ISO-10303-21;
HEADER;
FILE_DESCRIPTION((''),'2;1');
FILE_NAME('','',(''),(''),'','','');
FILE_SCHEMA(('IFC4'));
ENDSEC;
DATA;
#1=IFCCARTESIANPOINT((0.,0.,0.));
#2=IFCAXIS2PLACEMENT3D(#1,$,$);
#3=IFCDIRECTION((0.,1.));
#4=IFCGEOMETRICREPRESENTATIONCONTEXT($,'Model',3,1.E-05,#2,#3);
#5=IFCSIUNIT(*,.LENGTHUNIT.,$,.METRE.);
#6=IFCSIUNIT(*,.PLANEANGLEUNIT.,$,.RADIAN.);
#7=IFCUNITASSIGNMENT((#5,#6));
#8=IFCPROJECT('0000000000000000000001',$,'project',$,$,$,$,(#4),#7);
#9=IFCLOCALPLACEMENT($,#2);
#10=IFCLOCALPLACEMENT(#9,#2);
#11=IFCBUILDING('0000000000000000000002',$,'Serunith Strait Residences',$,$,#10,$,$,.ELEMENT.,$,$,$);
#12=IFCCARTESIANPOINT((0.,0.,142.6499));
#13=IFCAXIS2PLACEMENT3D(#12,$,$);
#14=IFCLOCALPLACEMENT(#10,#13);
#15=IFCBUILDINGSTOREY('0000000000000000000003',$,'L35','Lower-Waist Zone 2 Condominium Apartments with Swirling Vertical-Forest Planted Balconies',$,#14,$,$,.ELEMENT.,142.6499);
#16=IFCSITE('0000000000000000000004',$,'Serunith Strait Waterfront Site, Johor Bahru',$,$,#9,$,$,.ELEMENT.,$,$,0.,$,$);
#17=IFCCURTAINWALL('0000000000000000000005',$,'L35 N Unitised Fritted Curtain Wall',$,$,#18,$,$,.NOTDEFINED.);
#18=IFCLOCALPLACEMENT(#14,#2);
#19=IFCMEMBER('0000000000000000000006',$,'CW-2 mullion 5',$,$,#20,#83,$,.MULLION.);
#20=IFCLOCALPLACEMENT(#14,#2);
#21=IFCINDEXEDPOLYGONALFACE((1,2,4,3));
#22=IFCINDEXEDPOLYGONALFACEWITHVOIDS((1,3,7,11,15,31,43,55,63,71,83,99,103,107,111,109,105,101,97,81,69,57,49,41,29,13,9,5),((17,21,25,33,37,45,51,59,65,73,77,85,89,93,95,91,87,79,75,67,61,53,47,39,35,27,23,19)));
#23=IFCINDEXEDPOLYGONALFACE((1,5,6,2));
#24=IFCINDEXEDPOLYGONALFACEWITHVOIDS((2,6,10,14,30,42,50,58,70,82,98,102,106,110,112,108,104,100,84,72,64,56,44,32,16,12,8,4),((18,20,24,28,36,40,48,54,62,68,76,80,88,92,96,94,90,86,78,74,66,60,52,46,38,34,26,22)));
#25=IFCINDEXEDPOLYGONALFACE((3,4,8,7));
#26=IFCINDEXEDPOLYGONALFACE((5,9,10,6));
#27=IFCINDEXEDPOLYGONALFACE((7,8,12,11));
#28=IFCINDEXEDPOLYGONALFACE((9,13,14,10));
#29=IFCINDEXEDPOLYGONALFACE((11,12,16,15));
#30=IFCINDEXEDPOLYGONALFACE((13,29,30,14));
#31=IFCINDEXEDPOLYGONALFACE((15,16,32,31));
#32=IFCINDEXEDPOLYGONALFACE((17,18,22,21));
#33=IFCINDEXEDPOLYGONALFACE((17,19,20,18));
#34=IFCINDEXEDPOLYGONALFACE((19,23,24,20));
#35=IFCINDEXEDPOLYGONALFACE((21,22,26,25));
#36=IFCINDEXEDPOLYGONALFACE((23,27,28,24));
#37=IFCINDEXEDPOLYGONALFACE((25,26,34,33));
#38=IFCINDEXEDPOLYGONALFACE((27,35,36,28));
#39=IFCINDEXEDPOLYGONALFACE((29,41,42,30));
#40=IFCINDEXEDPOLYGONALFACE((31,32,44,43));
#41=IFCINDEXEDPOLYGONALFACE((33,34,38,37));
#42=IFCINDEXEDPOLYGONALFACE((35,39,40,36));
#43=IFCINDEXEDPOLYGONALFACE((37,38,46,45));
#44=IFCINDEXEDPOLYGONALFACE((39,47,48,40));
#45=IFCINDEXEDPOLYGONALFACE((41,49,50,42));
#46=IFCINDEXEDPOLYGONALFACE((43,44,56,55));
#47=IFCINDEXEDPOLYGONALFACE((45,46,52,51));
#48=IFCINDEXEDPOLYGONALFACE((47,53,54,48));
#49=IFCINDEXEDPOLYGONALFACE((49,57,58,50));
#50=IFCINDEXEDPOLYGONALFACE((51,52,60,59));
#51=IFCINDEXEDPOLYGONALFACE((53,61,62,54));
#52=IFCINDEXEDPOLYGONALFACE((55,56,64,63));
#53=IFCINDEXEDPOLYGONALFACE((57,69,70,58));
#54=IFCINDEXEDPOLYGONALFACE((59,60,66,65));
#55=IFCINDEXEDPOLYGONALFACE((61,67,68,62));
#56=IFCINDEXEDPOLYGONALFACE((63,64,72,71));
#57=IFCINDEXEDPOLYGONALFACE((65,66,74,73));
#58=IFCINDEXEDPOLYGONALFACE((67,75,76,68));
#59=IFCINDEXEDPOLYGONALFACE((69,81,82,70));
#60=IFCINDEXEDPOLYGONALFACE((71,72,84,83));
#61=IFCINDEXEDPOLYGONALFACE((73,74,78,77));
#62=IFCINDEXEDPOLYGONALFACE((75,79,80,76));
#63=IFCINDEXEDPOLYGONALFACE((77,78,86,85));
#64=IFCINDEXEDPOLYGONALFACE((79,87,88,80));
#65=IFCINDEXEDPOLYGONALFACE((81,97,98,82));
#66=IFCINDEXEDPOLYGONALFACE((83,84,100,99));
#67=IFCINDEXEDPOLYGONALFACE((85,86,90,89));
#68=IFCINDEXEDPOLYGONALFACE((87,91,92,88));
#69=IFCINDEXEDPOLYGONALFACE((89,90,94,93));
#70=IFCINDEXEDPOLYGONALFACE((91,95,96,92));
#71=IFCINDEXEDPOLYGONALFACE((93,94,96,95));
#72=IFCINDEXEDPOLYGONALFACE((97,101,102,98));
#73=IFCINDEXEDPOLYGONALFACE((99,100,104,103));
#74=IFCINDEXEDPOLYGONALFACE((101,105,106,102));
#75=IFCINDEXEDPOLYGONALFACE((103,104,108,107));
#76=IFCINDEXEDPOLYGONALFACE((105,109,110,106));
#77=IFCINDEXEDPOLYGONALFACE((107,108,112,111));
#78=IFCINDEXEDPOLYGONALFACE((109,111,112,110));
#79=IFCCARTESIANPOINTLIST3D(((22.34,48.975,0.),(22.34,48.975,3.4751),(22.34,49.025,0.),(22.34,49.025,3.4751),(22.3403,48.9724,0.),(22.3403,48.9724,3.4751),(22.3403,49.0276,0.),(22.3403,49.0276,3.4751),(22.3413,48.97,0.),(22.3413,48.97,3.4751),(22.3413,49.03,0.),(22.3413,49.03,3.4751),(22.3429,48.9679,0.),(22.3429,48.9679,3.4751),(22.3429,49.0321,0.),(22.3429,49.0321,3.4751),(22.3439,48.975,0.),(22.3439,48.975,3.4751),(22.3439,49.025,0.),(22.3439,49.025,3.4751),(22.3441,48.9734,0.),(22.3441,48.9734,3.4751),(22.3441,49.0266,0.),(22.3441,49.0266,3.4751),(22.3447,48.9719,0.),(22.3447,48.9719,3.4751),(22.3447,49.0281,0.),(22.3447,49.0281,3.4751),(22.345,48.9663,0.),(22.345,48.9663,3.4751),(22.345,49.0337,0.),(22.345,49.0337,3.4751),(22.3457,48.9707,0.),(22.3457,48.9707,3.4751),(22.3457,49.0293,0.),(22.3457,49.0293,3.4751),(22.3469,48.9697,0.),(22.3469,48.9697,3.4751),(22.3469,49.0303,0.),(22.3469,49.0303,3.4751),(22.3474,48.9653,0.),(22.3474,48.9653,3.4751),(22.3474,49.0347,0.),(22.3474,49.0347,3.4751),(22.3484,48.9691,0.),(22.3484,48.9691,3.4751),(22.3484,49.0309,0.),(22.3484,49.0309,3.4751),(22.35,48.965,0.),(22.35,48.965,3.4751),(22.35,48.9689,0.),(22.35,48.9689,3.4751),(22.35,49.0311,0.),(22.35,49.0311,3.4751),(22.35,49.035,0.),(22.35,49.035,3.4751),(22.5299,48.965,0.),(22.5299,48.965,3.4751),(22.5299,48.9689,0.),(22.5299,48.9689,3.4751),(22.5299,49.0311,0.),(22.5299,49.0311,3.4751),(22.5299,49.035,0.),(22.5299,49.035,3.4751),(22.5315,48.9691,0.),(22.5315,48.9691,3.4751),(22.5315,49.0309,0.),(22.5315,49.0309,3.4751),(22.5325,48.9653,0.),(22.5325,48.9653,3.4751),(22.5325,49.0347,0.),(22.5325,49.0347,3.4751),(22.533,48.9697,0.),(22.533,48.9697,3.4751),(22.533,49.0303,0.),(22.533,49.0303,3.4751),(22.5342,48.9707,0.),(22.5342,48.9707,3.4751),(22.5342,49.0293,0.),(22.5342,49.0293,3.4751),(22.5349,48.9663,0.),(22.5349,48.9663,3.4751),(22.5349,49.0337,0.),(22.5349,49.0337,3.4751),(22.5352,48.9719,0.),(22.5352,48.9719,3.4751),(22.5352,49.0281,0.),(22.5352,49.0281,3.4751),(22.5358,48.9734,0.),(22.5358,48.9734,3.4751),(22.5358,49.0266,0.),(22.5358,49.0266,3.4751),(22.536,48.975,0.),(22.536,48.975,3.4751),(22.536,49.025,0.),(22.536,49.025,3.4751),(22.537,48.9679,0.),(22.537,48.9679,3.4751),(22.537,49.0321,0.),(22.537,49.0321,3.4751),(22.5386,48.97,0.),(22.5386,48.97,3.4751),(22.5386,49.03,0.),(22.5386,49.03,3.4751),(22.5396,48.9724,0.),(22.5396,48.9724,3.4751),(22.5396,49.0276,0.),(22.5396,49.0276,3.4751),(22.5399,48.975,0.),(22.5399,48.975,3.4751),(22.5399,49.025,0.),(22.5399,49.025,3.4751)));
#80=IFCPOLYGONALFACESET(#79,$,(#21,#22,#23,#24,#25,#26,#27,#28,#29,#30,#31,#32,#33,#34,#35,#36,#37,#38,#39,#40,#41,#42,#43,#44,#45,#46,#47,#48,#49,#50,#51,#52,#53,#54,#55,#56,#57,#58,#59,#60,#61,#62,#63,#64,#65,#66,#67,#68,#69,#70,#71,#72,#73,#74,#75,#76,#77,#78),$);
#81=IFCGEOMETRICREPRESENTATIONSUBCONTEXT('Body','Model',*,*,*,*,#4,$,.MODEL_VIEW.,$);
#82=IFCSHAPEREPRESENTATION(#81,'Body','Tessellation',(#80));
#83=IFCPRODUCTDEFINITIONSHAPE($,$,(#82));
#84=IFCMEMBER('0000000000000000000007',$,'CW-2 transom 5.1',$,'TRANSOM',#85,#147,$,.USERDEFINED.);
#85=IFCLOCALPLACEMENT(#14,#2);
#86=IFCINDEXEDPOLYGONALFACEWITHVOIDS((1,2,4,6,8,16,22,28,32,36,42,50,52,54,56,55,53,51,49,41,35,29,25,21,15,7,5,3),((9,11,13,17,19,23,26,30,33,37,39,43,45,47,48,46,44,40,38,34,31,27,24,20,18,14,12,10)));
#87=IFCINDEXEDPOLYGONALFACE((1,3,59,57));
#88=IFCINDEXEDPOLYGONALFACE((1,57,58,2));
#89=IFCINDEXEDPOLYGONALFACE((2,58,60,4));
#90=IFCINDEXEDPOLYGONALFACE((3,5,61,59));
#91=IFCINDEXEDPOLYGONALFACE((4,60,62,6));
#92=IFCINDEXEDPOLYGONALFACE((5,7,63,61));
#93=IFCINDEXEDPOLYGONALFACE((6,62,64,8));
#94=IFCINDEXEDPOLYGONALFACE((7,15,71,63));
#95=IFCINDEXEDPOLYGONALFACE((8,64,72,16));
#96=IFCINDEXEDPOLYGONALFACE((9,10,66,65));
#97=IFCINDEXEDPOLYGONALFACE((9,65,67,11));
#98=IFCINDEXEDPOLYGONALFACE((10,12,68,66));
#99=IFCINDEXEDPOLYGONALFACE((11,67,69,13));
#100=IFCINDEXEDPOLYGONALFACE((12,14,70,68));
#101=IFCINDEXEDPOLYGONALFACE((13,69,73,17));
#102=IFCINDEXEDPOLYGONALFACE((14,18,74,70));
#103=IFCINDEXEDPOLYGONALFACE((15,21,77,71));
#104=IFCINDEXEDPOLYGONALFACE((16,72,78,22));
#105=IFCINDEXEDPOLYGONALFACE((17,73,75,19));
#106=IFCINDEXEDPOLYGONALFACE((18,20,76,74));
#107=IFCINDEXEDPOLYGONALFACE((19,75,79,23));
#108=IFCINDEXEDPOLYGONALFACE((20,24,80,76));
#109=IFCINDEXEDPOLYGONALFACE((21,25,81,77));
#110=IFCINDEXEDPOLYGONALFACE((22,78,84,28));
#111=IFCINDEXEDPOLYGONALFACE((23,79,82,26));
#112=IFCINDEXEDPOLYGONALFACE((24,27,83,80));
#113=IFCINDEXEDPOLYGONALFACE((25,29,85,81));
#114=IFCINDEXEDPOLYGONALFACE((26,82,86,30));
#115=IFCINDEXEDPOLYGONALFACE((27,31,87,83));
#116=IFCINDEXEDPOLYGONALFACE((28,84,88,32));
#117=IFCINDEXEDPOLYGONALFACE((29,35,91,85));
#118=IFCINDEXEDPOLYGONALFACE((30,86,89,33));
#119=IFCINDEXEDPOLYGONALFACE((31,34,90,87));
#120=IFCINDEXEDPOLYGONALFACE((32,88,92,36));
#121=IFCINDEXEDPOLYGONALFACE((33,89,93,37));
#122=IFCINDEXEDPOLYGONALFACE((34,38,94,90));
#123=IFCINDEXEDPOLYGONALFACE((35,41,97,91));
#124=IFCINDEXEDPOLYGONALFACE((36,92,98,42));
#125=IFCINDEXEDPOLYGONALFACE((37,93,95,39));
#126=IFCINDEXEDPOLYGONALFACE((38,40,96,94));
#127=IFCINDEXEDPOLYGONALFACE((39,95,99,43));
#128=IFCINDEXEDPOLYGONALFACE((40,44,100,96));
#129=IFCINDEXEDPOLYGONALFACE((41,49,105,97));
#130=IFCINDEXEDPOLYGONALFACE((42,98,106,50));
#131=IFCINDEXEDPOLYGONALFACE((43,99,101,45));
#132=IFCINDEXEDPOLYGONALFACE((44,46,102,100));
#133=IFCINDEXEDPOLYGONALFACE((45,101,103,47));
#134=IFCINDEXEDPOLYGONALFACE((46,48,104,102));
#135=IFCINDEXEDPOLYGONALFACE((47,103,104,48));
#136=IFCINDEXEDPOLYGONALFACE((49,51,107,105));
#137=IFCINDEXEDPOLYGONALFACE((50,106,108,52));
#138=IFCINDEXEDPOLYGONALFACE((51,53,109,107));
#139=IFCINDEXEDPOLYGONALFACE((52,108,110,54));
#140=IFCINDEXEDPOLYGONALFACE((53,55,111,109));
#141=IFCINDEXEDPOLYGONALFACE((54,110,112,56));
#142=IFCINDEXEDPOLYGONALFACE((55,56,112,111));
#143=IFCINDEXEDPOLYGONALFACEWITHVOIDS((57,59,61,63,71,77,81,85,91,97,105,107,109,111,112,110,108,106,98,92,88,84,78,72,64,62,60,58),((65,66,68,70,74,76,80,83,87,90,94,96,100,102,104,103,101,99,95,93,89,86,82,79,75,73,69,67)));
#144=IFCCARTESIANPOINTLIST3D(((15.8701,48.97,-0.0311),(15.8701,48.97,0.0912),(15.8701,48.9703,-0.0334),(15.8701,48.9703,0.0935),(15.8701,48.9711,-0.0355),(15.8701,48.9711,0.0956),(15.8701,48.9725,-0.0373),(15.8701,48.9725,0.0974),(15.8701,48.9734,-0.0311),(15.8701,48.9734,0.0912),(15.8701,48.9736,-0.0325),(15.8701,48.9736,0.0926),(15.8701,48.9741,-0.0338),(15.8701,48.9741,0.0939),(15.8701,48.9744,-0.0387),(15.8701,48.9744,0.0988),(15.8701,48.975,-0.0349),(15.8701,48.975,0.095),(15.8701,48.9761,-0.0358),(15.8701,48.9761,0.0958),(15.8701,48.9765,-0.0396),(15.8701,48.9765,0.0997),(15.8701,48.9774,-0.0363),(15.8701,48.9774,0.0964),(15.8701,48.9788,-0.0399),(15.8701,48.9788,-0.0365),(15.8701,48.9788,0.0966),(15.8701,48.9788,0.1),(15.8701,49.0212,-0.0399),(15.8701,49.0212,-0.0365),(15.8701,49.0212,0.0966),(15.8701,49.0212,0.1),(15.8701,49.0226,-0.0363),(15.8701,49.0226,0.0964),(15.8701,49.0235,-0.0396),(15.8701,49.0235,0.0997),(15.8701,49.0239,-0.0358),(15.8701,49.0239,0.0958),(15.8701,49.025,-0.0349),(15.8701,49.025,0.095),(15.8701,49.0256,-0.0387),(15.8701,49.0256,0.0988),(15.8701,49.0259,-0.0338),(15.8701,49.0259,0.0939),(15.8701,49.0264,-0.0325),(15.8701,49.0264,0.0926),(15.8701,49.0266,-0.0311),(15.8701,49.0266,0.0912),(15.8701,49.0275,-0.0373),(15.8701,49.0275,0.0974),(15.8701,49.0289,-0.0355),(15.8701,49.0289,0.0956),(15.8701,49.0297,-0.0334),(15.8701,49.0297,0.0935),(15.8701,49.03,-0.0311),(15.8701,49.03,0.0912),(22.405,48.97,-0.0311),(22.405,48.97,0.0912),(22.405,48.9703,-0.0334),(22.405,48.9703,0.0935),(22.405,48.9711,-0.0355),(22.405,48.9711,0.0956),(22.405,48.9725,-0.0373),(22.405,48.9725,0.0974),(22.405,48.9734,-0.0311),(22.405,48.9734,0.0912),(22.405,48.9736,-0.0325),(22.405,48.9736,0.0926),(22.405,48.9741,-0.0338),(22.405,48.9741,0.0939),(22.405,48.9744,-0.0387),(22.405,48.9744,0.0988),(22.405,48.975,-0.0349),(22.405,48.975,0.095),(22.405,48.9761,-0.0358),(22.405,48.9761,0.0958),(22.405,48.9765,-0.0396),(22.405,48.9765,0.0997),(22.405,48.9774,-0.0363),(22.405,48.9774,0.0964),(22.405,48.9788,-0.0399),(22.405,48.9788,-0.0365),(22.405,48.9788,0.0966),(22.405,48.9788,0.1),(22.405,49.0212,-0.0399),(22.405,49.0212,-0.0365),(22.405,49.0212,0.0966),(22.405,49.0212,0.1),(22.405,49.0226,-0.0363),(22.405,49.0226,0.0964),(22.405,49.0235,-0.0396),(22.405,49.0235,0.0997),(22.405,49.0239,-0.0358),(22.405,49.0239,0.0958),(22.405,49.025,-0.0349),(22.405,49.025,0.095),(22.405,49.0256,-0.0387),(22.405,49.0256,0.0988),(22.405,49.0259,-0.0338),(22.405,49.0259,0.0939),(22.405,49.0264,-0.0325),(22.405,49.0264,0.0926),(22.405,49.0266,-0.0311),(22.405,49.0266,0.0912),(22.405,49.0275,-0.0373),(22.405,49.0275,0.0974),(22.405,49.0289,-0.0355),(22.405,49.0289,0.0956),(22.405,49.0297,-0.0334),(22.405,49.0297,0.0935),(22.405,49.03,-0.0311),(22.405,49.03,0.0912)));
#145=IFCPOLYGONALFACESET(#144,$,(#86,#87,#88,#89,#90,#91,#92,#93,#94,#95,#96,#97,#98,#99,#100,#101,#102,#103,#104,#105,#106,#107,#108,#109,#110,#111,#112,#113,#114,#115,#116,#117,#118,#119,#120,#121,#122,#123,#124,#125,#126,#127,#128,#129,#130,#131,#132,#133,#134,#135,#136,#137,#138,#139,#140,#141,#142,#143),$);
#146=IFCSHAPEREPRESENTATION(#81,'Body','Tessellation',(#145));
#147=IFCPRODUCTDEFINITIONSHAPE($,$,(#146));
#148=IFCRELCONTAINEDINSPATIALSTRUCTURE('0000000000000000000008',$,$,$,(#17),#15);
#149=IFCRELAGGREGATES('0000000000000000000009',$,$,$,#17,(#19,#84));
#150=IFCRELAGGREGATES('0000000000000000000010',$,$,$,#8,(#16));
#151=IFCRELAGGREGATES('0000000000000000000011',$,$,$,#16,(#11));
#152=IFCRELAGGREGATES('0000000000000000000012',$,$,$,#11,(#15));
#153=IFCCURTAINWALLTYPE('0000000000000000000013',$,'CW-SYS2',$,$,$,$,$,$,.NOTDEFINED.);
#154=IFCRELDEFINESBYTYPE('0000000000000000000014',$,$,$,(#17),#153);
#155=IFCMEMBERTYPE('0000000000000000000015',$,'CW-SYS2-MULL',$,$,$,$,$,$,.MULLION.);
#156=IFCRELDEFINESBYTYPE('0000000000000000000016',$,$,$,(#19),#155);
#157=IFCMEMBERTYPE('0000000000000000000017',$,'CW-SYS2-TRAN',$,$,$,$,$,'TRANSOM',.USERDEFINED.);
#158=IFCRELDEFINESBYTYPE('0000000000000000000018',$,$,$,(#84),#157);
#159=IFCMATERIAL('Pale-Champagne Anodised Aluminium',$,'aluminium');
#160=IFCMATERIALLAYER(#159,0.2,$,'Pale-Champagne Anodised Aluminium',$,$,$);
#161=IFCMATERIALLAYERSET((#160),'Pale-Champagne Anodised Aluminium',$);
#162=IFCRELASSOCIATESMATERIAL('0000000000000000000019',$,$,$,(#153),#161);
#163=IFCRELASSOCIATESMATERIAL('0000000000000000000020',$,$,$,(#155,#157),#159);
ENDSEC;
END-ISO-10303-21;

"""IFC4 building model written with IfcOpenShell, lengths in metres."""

from ifc_helpers import new_model, si_unit, direction, frame, origin, origin_2d, place, context, subcontext, project, spatial, hollow_rectangle, extrude, source, transform, mapped, material, layer, layer_set, material_profile, profile_set, type_object, element, aggregate, save


model = new_model("IFC4")

# Units and contexts
model_context = context("Model", 3, precision=1e-05, world=origin(), true_north=direction((0.0, 1.0)))
body_context = subcontext(model_context, "Body", "Model", "MODEL_VIEW")
ifc_project = project(units=[si_unit("LENGTHUNIT", "METRE"), si_unit("PLANEANGLEUNIT", "RADIAN")], contexts=[model_context])

# Site, building, storey
site_placement = place(None, origin())
site = spatial("IfcSite", under=ifc_project, at=site_placement, Name="Serunith Strait Waterfront Site, Johor Bahru", CompositionType="ELEMENT", RefElevation=0.0)
building_placement = place(site_placement, origin())
building = spatial("IfcBuilding", under=site, at=building_placement, Name="Serunith Strait Residences", CompositionType="ELEMENT")
storey_placement = place(building_placement, frame((0.0, 0.0, 142.6499)))
storey = spatial("IfcBuildingStorey", under=building, at=storey_placement, Name="L35", Description="Lower-Waist Zone 2 Condominium Apartments with Swirling Vertical-Forest Planted Balconies", CompositionType="ELEMENT", Elevation=142.6499)

# Curtain wall, members
ifc_material_1 = material(Name="Pale-Champagne Anodised Aluminium", Category="aluminium")
ifc_layer_1 = layer(ifc_material_1, 0.2, Name="Pale-Champagne Anodised Aluminium")
ifc_layer_set_1 = layer_set([ifc_layer_1], Name="Pale-Champagne Anodised Aluminium")
curtain_wall_type = type_object("IfcCurtainWallType", Name="CW-SYS2", PredefinedType="NOTDEFINED", material=ifc_layer_set_1)
curtain_wall_placement = place(storey_placement, origin())
curtain_wall = element("IfcCurtainWall", 1, at=curtain_wall_placement, inside=storey, type_object=curtain_wall_type, Name="L35 N Unitised Fritted Curtain Wall", PredefinedType="NOTDEFINED")
ifc_material_profile_1 = material_profile(ifc_material_1, hollow_rectangle(XDim=0.0701, YDim=0.2, WallThickness=0.0039, InnerFilletRadius=0.0061, OuterFilletRadius=0.01, at=origin_2d()), Name="ALU 200x70x4")
ifc_profile_set_1 = profile_set([ifc_material_profile_1], Name="Pale-Champagne Anodised Aluminium")
member_type_1 = type_object("IfcMemberType", Name="CW-SYS2-MULL", PredefinedType="MULLION", material=ifc_profile_set_1)
shared_shape_1 = source(origin(), body_context, "Body", "SweptSolid", [
    extrude(hollow_rectangle(XDim=0.0701, YDim=0.2, WallThickness=0.0039, InnerFilletRadius=0.0061, OuterFilletRadius=0.01, at=origin_2d()), origin(), (0.0, 0.0, 1.0), 3.4751),
])
member_1_placement = place(storey_placement, frame((22.4399, 49.0, 0.0), z_axis=(0.0, 0.0, 1.0), x_axis=(0.0, -1.0, 0.0)))
member_1 = element("IfcMember", 2, at=member_1_placement, type_object=member_type_1, Name="CW-2 mullion 5", PredefinedType="MULLION", context=body_context, shape_type="MappedRepresentation", body=[
    mapped(shared_shape_1, transform((0.0, 0.0, 0.0), scale=1.0)),
])
ifc_material_profile_2 = material_profile(ifc_material_1, hollow_rectangle(XDim=0.0601, YDim=0.1399, WallThickness=0.0034, InnerFilletRadius=0.0054, OuterFilletRadius=0.0088, at=origin_2d()), Name="ALU 140x60x3.5")
ifc_profile_set_2 = profile_set([ifc_material_profile_2], Name="Pale-Champagne Anodised Aluminium")
member_type_2 = type_object("IfcMemberType", Name="CW-SYS2-TRAN", ElementType="TRANSOM", PredefinedType="USERDEFINED", material=ifc_profile_set_2)
shared_shape_2 = source(origin(), body_context, "Body", "SweptSolid", [
    extrude(hollow_rectangle(XDim=0.0601, YDim=0.1399, WallThickness=0.0034, InnerFilletRadius=0.0054, OuterFilletRadius=0.0088, at=origin_2d()), origin(), (0.0, 0.0, 1.0), 6.5349),
])
member_2_placement = place(storey_placement, frame((22.405, 49.0, 0.03), z_axis=(-1.0, 0.0, 0.0), x_axis=(0.0, -1.0, 0.0)))
member_2 = element("IfcMember", 3, at=member_2_placement, type_object=member_type_2, Name="CW-2 transom 5.1", ObjectType="TRANSOM", PredefinedType="USERDEFINED", context=body_context, shape_type="MappedRepresentation", body=[
    mapped(shared_shape_2, transform((0.0, 0.0, 0.0), scale=1.0)),
])
aggregate(curtain_wall, [member_1, member_2])

save(model, "model.ifc")
